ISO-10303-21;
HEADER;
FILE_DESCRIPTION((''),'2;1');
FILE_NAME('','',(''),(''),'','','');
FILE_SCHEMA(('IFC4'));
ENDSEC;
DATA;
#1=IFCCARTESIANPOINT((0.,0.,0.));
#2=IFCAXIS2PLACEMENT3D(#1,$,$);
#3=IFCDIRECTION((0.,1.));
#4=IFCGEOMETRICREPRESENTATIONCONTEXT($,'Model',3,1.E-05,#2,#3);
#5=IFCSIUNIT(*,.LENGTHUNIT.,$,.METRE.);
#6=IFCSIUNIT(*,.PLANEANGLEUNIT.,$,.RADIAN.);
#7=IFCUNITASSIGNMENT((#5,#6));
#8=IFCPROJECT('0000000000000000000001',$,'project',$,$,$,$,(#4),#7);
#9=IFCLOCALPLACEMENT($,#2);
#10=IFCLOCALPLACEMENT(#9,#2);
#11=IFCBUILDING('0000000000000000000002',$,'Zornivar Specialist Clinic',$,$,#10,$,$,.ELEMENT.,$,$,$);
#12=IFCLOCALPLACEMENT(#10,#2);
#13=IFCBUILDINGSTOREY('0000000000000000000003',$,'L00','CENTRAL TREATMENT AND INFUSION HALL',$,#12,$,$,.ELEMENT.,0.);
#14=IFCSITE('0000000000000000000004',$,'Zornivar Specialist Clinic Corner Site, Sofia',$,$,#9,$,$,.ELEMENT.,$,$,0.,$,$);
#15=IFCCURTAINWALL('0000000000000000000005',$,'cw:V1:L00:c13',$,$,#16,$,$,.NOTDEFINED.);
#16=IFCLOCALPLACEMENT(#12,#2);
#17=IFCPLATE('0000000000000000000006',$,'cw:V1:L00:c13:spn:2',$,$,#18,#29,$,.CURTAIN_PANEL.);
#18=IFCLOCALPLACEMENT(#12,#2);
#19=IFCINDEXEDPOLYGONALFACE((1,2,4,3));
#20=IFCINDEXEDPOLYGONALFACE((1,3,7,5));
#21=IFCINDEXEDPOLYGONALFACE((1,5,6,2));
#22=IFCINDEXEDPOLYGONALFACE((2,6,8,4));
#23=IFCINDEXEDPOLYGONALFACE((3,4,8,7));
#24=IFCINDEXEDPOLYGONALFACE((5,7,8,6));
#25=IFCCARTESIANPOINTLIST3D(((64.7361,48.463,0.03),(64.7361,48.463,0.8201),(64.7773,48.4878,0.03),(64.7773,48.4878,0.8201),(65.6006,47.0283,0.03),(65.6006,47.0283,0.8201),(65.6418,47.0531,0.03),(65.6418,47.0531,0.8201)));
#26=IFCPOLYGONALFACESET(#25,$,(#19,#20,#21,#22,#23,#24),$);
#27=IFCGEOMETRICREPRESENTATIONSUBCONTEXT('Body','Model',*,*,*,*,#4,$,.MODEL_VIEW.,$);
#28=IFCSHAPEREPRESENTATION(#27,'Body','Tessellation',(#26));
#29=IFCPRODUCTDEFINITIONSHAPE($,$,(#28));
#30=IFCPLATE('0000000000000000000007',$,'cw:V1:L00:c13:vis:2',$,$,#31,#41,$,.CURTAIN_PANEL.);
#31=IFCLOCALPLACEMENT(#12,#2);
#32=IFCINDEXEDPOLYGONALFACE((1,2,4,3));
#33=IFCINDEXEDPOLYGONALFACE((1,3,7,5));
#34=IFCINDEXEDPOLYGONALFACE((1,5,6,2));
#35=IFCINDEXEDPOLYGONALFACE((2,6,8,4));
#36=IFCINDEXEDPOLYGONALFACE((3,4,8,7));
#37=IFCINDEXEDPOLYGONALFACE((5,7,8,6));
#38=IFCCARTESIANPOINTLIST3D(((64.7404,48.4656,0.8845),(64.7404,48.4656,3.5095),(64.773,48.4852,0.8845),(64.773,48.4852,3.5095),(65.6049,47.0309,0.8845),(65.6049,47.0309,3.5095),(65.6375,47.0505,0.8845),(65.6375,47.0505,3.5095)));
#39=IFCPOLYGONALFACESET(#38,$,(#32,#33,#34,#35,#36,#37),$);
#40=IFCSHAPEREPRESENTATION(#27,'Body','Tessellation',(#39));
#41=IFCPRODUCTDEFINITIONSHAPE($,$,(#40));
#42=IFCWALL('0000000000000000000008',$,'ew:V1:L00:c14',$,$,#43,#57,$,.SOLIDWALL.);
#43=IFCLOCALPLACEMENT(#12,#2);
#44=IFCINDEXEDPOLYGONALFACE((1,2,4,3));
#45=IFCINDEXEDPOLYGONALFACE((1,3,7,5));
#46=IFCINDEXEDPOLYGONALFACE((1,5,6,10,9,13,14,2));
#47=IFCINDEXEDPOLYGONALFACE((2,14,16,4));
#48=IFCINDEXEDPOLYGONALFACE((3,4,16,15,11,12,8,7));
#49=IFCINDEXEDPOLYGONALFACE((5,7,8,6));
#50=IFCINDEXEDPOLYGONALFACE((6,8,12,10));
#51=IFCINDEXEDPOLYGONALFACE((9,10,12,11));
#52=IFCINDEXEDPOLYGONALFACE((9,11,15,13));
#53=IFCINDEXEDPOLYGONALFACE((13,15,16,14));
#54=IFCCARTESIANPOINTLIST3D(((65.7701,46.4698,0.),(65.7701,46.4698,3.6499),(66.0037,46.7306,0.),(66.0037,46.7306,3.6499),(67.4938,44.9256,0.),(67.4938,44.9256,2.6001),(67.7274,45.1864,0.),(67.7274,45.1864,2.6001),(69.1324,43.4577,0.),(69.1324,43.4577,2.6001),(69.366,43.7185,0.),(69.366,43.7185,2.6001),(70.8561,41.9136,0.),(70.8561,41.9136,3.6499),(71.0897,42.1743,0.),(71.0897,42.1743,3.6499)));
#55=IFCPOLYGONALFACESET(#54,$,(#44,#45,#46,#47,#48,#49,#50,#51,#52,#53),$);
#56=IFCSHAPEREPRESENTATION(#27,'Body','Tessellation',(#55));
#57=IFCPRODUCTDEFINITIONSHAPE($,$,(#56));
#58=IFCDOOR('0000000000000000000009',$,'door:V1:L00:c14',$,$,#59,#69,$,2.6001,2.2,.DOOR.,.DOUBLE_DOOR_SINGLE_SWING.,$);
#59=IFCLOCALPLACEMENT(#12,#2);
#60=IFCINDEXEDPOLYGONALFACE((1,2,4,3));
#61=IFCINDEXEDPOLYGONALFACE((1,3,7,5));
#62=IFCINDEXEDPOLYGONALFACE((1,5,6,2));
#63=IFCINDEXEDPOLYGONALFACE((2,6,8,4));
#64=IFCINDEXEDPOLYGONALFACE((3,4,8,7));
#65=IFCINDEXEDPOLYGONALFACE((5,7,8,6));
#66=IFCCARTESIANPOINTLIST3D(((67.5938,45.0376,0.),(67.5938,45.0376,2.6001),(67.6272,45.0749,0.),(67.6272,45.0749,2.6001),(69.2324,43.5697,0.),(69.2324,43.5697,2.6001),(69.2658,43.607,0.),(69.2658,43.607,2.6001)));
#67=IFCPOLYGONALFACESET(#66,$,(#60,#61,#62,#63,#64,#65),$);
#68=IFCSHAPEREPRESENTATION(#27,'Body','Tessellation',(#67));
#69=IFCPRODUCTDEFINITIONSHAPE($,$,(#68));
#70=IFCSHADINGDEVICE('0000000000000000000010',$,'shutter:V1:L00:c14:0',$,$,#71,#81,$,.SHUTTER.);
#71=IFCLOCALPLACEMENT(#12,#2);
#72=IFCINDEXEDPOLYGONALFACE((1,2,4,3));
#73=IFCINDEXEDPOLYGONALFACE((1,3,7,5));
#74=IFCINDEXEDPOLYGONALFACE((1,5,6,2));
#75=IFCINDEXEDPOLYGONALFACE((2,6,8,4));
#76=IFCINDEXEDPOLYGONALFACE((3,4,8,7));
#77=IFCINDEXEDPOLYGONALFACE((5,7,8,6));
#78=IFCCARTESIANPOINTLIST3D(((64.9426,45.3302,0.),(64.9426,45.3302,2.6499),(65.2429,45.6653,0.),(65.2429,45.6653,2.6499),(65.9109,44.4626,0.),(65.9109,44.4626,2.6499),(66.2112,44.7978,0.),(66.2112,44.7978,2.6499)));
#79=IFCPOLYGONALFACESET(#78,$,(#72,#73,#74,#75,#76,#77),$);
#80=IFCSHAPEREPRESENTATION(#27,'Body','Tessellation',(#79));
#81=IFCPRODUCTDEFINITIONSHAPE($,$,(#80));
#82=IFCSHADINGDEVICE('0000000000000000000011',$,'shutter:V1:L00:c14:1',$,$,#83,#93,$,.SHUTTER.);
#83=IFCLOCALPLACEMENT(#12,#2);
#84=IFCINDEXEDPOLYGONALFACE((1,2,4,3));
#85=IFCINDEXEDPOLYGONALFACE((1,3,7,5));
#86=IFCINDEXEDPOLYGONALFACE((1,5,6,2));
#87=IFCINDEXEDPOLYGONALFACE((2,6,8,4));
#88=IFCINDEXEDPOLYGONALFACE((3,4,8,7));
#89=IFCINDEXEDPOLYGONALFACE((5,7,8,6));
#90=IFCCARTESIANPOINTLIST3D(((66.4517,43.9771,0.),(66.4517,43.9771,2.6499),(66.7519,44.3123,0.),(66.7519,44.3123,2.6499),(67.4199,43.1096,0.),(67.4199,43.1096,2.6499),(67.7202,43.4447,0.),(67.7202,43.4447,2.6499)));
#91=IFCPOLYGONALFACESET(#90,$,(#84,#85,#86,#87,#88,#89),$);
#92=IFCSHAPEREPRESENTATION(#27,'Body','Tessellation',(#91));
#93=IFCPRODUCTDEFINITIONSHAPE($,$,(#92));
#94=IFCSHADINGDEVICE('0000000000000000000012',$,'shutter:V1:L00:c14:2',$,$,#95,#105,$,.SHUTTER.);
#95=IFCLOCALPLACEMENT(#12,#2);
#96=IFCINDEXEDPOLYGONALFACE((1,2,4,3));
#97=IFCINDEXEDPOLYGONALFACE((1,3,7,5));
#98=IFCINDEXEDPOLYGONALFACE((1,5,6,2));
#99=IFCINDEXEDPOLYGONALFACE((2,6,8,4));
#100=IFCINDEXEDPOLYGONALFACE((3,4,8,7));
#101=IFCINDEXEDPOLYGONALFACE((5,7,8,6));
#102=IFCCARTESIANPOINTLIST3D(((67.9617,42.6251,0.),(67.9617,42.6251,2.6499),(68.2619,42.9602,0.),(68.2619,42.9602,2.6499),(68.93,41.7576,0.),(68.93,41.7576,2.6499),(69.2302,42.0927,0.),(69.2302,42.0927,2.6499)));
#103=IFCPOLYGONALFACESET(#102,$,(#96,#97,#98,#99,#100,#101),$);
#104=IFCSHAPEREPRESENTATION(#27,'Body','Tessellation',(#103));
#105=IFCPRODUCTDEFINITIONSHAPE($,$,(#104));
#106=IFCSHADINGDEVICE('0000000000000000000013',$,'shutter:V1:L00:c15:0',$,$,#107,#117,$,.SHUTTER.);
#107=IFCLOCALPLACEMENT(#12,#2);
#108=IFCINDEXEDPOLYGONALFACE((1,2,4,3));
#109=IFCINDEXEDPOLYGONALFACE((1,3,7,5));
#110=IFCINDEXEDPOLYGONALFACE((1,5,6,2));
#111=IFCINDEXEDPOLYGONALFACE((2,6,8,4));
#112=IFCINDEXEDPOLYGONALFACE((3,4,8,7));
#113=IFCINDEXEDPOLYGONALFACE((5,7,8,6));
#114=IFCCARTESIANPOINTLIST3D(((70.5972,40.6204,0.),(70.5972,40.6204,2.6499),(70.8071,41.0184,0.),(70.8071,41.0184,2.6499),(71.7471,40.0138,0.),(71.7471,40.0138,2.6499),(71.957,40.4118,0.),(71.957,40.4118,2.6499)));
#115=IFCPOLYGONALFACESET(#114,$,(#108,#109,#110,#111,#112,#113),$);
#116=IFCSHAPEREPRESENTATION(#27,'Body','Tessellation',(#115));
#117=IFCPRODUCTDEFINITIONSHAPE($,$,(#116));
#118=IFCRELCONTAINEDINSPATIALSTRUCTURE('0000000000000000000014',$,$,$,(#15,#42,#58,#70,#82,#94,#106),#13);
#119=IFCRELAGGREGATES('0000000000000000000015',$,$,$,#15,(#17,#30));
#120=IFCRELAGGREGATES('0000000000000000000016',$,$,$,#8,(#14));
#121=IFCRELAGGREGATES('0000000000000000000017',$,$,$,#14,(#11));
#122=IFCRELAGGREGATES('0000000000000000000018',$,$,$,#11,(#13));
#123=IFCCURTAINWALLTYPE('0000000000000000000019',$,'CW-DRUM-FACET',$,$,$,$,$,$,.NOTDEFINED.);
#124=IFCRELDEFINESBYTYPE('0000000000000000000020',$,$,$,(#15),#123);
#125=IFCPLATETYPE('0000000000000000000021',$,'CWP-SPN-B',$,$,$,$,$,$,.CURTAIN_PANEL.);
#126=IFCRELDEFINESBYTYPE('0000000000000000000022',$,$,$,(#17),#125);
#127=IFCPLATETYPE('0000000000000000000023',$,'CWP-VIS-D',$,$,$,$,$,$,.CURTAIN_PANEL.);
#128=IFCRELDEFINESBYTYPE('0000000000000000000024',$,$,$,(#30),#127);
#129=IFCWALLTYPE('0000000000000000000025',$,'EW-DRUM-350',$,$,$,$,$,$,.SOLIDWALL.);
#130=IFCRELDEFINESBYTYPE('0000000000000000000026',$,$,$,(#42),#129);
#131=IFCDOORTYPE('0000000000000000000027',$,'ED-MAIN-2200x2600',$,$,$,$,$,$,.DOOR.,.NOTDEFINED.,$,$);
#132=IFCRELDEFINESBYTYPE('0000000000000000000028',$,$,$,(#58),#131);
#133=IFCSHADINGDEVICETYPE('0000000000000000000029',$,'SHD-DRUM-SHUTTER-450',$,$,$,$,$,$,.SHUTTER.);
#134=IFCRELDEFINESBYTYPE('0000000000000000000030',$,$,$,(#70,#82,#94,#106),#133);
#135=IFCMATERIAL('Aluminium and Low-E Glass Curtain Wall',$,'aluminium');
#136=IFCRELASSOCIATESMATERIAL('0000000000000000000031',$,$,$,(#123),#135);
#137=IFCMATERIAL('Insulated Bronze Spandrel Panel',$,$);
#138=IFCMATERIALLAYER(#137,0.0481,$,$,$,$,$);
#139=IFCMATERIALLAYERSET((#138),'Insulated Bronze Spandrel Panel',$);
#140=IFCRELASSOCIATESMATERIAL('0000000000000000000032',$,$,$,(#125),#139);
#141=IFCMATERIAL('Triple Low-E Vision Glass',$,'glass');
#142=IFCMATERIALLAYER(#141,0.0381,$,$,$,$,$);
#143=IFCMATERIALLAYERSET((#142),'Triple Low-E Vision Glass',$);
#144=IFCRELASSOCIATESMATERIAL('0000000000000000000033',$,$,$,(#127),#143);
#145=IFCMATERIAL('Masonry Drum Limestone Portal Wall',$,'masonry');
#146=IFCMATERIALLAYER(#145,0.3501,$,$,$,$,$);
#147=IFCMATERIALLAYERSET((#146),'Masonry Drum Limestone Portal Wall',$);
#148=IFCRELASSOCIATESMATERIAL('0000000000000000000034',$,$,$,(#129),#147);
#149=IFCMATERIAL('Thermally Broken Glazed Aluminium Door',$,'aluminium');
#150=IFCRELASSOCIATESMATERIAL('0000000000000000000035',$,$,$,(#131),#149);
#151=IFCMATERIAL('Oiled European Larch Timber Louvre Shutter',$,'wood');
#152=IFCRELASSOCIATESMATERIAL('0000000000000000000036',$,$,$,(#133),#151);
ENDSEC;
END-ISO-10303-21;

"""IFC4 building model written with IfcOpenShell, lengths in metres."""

from ifc_helpers import new_model, si_unit, direction, frame, frame_2d, origin, origin_2d, place, context, subcontext, project, spatial, rectangle, extrude, material, layer, layer_set, type_object, element, fill, aggregate, save


model = new_model("IFC4")

# Units and contexts
model_context = context("Model", 3, precision=1e-05, world=origin(), true_north=direction((0.0, 1.0)))
body_context = subcontext(model_context, "Body", "Model", "MODEL_VIEW")
ifc_project = project(units=[si_unit("LENGTHUNIT", "METRE"), si_unit("PLANEANGLEUNIT", "RADIAN")], contexts=[model_context])

# Site, building, storey
site_placement = place(None, origin())
site = spatial("IfcSite", under=ifc_project, at=site_placement, Name="Zornivar Specialist Clinic Corner Site, Sofia", CompositionType="ELEMENT", RefElevation=0.0)
building_placement = place(site_placement, origin())
building = spatial("IfcBuilding", under=site, at=building_placement, Name="Zornivar Specialist Clinic", CompositionType="ELEMENT")
storey_placement = place(building_placement, origin())
storey = spatial("IfcBuildingStorey", under=building, at=storey_placement, Name="L00", Description="CENTRAL TREATMENT AND INFUSION HALL", CompositionType="ELEMENT", Elevation=0.0)

# Curtain wall, plates
ifc_material_1 = material(Name="Aluminium and Low-E Glass Curtain Wall", Category="aluminium")
curtain_wall_type = type_object("IfcCurtainWallType", Name="CW-DRUM-FACET", PredefinedType="NOTDEFINED", material=ifc_material_1)
curtain_wall_placement = place(storey_placement, origin())
curtain_wall = element("IfcCurtainWall", 1, at=curtain_wall_placement, inside=storey, type_object=curtain_wall_type, Name="cw:V1:L00:c13", PredefinedType="NOTDEFINED")
ifc_material_2 = material(Name="Insulated Bronze Spandrel Panel")
ifc_layer_1 = layer(ifc_material_2, 0.0481)
ifc_layer_set_1 = layer_set([ifc_layer_1], Name="Insulated Bronze Spandrel Panel")
plate_type_1 = type_object("IfcPlateType", Name="CWP-SPN-B", PredefinedType="CURTAIN_PANEL", material=ifc_layer_set_1)
plate_1_placement = place(storey_placement, frame((65.189, 47.7581, 0.03), z_axis=(0.0, 0.0, 1.0), x_axis=(0.516127, -0.856512, 0.0)))
plate_1 = element("IfcPlate", 2, at=plate_1_placement, type_object=plate_type_1, Name="cw:V1:L00:c13:spn:2", PredefinedType="CURTAIN_PANEL", context=body_context, shape_type="SweptSolid", body=[
    extrude(rectangle(XDim=1.675, YDim=0.0481, at=origin_2d()), origin(), (0.0, 0.0, 1.0), 0.79),
])
ifc_material_3 = material(Name="Triple Low-E Vision Glass", Category="glass")
ifc_layer_2 = layer(ifc_material_3, 0.0381)
ifc_layer_set_2 = layer_set([ifc_layer_2], Name="Triple Low-E Vision Glass")
plate_type_2 = type_object("IfcPlateType", Name="CWP-VIS-D", PredefinedType="CURTAIN_PANEL", material=ifc_layer_set_2)
plate_2_placement = place(storey_placement, frame((65.189, 47.7581, 0.8845), z_axis=(0.0, 0.0, 1.0), x_axis=(0.516127, -0.856512, 0.0)))
plate_2 = element("IfcPlate", 3, at=plate_2_placement, type_object=plate_type_2, Name="cw:V1:L00:c13:vis:2", PredefinedType="CURTAIN_PANEL", context=body_context, shape_type="SweptSolid", body=[
    extrude(rectangle(XDim=1.675, YDim=0.0381, at=origin_2d()), origin(), (0.0, 0.0, 1.0), 2.625),
])
aggregate(curtain_wall, [plate_1, plate_2])

# Wall, opening, door
ifc_material_4 = material(Name="Masonry Drum Limestone Portal Wall", Category="masonry")
ifc_layer_3 = layer(ifc_material_4, 0.3501)
ifc_layer_set_3 = layer_set([ifc_layer_3], Name="Masonry Drum Limestone Portal Wall")
wall_type = type_object("IfcWallType", Name="EW-DRUM-350", PredefinedType="SOLIDWALL", material=ifc_layer_set_3)
wall_placement = place(storey_placement, frame((65.887, 46.6001, 0.0), z_axis=(0.0, 0.0, 1.0), x_axis=(0.744835, -0.667248, 0.0)))
wall = element("IfcWall", 4, at=wall_placement, inside=storey, type_object=wall_type, Name="ew:V1:L00:c14", PredefinedType="SOLIDWALL", context=body_context, shape_type="SweptSolid", body=[
    extrude(rectangle(XDim=6.8284, YDim=0.3501, at=frame_2d((3.4141, 0.0))), origin(), (0.0, 0.0, 1.0), 3.6499),
])
opening_placement = place(wall_placement, frame((2.314, 0.0, 0.0)))
opening = element("IfcOpeningElement", 5, at=opening_placement, cuts=wall, PredefinedType="OPENING", context=body_context, shape_type="SweptSolid", body=[
    extrude(rectangle(XDim=2.2, YDim=2.6001, at=frame_2d((1.1001, 1.3))), frame((0.0, 0.1851, 0.0), z_axis=(0.0, -1.0, 0.0), x_axis=(1.0, 0.0, 0.0)), (0.0, 0.0, 1.0), 0.3701),
])
ifc_material_5 = material(Name="Thermally Broken Glazed Aluminium Door", Category="aluminium")
door_type = type_object("IfcDoorType", Name="ED-MAIN-2200x2600", OperationType="NOTDEFINED", PredefinedType="DOOR", material=ifc_material_5)
door_placement = place(opening_placement, frame((2.2, 0.0, 0.0), z_axis=(0.0, 0.0, 1.0), x_axis=(-1.0, 0.0, 0.0)))
door = element("IfcDoor", 6, at=door_placement, inside=storey, type_object=door_type, Name="door:V1:L00:c14", OperationType="DOUBLE_DOOR_SINGLE_SWING", OverallHeight=2.6001, OverallWidth=2.2, PredefinedType="DOOR", context=body_context, shape_type="SweptSolid", body=[
    extrude(rectangle(XDim=2.2, YDim=2.6001, at=frame_2d((1.1001, 1.3))), frame((0.0, 0.0249, 0.0), z_axis=(0.0, -1.0, 0.0), x_axis=(1.0, 0.0, 0.0)), (0.0, 0.0, 1.0), 0.05),
])
fill(opening, door)

# Shading devices
ifc_material_6 = material(Name="Oiled European Larch Timber Louvre Shutter", Category="wood")
shading_device_type = type_object("IfcShadingDeviceType", Name="SHD-DRUM-SHUTTER-450", PredefinedType="SHUTTER", material=ifc_material_6)
for number, where, z_axis, x_axis, name in (
    (7, (65.5769, 45.064, 0.0), (0.0, 0.0, 1.0), (0.744797, -0.667291, 0.0), "shutter:V1:L00:c14:0"),
    (8, (67.0859, 43.7109, 0.0), (0.0, 0.0, 1.0), (0.744797, -0.667291, 0.0), "shutter:V1:L00:c14:1"),
    (9, (68.5959, 42.3589, 0.0), (0.0, 0.0, 1.0), (0.744797, -0.667291, 0.0), "shutter:V1:L00:c14:2"),
    (10, (71.2771, 40.5161, 0.0), (0.0, 0.0, 1.0), (0.88447, -0.466597, 0.0), "shutter:V1:L00:c15:0"),
):
    element("IfcShadingDevice", number, at=place(storey_placement, frame(where, z_axis=z_axis, x_axis=x_axis)), inside=storey, type_object=shading_device_type, Name=name, PredefinedType="SHUTTER", context=body_context, shape_type="SweptSolid", body=[
        extrude(rectangle(XDim=1.3, YDim=0.45, at=origin_2d()), origin(), (0.0, 0.0, 1.0), 2.6499),
    ])

save(model, "model.ifc")
